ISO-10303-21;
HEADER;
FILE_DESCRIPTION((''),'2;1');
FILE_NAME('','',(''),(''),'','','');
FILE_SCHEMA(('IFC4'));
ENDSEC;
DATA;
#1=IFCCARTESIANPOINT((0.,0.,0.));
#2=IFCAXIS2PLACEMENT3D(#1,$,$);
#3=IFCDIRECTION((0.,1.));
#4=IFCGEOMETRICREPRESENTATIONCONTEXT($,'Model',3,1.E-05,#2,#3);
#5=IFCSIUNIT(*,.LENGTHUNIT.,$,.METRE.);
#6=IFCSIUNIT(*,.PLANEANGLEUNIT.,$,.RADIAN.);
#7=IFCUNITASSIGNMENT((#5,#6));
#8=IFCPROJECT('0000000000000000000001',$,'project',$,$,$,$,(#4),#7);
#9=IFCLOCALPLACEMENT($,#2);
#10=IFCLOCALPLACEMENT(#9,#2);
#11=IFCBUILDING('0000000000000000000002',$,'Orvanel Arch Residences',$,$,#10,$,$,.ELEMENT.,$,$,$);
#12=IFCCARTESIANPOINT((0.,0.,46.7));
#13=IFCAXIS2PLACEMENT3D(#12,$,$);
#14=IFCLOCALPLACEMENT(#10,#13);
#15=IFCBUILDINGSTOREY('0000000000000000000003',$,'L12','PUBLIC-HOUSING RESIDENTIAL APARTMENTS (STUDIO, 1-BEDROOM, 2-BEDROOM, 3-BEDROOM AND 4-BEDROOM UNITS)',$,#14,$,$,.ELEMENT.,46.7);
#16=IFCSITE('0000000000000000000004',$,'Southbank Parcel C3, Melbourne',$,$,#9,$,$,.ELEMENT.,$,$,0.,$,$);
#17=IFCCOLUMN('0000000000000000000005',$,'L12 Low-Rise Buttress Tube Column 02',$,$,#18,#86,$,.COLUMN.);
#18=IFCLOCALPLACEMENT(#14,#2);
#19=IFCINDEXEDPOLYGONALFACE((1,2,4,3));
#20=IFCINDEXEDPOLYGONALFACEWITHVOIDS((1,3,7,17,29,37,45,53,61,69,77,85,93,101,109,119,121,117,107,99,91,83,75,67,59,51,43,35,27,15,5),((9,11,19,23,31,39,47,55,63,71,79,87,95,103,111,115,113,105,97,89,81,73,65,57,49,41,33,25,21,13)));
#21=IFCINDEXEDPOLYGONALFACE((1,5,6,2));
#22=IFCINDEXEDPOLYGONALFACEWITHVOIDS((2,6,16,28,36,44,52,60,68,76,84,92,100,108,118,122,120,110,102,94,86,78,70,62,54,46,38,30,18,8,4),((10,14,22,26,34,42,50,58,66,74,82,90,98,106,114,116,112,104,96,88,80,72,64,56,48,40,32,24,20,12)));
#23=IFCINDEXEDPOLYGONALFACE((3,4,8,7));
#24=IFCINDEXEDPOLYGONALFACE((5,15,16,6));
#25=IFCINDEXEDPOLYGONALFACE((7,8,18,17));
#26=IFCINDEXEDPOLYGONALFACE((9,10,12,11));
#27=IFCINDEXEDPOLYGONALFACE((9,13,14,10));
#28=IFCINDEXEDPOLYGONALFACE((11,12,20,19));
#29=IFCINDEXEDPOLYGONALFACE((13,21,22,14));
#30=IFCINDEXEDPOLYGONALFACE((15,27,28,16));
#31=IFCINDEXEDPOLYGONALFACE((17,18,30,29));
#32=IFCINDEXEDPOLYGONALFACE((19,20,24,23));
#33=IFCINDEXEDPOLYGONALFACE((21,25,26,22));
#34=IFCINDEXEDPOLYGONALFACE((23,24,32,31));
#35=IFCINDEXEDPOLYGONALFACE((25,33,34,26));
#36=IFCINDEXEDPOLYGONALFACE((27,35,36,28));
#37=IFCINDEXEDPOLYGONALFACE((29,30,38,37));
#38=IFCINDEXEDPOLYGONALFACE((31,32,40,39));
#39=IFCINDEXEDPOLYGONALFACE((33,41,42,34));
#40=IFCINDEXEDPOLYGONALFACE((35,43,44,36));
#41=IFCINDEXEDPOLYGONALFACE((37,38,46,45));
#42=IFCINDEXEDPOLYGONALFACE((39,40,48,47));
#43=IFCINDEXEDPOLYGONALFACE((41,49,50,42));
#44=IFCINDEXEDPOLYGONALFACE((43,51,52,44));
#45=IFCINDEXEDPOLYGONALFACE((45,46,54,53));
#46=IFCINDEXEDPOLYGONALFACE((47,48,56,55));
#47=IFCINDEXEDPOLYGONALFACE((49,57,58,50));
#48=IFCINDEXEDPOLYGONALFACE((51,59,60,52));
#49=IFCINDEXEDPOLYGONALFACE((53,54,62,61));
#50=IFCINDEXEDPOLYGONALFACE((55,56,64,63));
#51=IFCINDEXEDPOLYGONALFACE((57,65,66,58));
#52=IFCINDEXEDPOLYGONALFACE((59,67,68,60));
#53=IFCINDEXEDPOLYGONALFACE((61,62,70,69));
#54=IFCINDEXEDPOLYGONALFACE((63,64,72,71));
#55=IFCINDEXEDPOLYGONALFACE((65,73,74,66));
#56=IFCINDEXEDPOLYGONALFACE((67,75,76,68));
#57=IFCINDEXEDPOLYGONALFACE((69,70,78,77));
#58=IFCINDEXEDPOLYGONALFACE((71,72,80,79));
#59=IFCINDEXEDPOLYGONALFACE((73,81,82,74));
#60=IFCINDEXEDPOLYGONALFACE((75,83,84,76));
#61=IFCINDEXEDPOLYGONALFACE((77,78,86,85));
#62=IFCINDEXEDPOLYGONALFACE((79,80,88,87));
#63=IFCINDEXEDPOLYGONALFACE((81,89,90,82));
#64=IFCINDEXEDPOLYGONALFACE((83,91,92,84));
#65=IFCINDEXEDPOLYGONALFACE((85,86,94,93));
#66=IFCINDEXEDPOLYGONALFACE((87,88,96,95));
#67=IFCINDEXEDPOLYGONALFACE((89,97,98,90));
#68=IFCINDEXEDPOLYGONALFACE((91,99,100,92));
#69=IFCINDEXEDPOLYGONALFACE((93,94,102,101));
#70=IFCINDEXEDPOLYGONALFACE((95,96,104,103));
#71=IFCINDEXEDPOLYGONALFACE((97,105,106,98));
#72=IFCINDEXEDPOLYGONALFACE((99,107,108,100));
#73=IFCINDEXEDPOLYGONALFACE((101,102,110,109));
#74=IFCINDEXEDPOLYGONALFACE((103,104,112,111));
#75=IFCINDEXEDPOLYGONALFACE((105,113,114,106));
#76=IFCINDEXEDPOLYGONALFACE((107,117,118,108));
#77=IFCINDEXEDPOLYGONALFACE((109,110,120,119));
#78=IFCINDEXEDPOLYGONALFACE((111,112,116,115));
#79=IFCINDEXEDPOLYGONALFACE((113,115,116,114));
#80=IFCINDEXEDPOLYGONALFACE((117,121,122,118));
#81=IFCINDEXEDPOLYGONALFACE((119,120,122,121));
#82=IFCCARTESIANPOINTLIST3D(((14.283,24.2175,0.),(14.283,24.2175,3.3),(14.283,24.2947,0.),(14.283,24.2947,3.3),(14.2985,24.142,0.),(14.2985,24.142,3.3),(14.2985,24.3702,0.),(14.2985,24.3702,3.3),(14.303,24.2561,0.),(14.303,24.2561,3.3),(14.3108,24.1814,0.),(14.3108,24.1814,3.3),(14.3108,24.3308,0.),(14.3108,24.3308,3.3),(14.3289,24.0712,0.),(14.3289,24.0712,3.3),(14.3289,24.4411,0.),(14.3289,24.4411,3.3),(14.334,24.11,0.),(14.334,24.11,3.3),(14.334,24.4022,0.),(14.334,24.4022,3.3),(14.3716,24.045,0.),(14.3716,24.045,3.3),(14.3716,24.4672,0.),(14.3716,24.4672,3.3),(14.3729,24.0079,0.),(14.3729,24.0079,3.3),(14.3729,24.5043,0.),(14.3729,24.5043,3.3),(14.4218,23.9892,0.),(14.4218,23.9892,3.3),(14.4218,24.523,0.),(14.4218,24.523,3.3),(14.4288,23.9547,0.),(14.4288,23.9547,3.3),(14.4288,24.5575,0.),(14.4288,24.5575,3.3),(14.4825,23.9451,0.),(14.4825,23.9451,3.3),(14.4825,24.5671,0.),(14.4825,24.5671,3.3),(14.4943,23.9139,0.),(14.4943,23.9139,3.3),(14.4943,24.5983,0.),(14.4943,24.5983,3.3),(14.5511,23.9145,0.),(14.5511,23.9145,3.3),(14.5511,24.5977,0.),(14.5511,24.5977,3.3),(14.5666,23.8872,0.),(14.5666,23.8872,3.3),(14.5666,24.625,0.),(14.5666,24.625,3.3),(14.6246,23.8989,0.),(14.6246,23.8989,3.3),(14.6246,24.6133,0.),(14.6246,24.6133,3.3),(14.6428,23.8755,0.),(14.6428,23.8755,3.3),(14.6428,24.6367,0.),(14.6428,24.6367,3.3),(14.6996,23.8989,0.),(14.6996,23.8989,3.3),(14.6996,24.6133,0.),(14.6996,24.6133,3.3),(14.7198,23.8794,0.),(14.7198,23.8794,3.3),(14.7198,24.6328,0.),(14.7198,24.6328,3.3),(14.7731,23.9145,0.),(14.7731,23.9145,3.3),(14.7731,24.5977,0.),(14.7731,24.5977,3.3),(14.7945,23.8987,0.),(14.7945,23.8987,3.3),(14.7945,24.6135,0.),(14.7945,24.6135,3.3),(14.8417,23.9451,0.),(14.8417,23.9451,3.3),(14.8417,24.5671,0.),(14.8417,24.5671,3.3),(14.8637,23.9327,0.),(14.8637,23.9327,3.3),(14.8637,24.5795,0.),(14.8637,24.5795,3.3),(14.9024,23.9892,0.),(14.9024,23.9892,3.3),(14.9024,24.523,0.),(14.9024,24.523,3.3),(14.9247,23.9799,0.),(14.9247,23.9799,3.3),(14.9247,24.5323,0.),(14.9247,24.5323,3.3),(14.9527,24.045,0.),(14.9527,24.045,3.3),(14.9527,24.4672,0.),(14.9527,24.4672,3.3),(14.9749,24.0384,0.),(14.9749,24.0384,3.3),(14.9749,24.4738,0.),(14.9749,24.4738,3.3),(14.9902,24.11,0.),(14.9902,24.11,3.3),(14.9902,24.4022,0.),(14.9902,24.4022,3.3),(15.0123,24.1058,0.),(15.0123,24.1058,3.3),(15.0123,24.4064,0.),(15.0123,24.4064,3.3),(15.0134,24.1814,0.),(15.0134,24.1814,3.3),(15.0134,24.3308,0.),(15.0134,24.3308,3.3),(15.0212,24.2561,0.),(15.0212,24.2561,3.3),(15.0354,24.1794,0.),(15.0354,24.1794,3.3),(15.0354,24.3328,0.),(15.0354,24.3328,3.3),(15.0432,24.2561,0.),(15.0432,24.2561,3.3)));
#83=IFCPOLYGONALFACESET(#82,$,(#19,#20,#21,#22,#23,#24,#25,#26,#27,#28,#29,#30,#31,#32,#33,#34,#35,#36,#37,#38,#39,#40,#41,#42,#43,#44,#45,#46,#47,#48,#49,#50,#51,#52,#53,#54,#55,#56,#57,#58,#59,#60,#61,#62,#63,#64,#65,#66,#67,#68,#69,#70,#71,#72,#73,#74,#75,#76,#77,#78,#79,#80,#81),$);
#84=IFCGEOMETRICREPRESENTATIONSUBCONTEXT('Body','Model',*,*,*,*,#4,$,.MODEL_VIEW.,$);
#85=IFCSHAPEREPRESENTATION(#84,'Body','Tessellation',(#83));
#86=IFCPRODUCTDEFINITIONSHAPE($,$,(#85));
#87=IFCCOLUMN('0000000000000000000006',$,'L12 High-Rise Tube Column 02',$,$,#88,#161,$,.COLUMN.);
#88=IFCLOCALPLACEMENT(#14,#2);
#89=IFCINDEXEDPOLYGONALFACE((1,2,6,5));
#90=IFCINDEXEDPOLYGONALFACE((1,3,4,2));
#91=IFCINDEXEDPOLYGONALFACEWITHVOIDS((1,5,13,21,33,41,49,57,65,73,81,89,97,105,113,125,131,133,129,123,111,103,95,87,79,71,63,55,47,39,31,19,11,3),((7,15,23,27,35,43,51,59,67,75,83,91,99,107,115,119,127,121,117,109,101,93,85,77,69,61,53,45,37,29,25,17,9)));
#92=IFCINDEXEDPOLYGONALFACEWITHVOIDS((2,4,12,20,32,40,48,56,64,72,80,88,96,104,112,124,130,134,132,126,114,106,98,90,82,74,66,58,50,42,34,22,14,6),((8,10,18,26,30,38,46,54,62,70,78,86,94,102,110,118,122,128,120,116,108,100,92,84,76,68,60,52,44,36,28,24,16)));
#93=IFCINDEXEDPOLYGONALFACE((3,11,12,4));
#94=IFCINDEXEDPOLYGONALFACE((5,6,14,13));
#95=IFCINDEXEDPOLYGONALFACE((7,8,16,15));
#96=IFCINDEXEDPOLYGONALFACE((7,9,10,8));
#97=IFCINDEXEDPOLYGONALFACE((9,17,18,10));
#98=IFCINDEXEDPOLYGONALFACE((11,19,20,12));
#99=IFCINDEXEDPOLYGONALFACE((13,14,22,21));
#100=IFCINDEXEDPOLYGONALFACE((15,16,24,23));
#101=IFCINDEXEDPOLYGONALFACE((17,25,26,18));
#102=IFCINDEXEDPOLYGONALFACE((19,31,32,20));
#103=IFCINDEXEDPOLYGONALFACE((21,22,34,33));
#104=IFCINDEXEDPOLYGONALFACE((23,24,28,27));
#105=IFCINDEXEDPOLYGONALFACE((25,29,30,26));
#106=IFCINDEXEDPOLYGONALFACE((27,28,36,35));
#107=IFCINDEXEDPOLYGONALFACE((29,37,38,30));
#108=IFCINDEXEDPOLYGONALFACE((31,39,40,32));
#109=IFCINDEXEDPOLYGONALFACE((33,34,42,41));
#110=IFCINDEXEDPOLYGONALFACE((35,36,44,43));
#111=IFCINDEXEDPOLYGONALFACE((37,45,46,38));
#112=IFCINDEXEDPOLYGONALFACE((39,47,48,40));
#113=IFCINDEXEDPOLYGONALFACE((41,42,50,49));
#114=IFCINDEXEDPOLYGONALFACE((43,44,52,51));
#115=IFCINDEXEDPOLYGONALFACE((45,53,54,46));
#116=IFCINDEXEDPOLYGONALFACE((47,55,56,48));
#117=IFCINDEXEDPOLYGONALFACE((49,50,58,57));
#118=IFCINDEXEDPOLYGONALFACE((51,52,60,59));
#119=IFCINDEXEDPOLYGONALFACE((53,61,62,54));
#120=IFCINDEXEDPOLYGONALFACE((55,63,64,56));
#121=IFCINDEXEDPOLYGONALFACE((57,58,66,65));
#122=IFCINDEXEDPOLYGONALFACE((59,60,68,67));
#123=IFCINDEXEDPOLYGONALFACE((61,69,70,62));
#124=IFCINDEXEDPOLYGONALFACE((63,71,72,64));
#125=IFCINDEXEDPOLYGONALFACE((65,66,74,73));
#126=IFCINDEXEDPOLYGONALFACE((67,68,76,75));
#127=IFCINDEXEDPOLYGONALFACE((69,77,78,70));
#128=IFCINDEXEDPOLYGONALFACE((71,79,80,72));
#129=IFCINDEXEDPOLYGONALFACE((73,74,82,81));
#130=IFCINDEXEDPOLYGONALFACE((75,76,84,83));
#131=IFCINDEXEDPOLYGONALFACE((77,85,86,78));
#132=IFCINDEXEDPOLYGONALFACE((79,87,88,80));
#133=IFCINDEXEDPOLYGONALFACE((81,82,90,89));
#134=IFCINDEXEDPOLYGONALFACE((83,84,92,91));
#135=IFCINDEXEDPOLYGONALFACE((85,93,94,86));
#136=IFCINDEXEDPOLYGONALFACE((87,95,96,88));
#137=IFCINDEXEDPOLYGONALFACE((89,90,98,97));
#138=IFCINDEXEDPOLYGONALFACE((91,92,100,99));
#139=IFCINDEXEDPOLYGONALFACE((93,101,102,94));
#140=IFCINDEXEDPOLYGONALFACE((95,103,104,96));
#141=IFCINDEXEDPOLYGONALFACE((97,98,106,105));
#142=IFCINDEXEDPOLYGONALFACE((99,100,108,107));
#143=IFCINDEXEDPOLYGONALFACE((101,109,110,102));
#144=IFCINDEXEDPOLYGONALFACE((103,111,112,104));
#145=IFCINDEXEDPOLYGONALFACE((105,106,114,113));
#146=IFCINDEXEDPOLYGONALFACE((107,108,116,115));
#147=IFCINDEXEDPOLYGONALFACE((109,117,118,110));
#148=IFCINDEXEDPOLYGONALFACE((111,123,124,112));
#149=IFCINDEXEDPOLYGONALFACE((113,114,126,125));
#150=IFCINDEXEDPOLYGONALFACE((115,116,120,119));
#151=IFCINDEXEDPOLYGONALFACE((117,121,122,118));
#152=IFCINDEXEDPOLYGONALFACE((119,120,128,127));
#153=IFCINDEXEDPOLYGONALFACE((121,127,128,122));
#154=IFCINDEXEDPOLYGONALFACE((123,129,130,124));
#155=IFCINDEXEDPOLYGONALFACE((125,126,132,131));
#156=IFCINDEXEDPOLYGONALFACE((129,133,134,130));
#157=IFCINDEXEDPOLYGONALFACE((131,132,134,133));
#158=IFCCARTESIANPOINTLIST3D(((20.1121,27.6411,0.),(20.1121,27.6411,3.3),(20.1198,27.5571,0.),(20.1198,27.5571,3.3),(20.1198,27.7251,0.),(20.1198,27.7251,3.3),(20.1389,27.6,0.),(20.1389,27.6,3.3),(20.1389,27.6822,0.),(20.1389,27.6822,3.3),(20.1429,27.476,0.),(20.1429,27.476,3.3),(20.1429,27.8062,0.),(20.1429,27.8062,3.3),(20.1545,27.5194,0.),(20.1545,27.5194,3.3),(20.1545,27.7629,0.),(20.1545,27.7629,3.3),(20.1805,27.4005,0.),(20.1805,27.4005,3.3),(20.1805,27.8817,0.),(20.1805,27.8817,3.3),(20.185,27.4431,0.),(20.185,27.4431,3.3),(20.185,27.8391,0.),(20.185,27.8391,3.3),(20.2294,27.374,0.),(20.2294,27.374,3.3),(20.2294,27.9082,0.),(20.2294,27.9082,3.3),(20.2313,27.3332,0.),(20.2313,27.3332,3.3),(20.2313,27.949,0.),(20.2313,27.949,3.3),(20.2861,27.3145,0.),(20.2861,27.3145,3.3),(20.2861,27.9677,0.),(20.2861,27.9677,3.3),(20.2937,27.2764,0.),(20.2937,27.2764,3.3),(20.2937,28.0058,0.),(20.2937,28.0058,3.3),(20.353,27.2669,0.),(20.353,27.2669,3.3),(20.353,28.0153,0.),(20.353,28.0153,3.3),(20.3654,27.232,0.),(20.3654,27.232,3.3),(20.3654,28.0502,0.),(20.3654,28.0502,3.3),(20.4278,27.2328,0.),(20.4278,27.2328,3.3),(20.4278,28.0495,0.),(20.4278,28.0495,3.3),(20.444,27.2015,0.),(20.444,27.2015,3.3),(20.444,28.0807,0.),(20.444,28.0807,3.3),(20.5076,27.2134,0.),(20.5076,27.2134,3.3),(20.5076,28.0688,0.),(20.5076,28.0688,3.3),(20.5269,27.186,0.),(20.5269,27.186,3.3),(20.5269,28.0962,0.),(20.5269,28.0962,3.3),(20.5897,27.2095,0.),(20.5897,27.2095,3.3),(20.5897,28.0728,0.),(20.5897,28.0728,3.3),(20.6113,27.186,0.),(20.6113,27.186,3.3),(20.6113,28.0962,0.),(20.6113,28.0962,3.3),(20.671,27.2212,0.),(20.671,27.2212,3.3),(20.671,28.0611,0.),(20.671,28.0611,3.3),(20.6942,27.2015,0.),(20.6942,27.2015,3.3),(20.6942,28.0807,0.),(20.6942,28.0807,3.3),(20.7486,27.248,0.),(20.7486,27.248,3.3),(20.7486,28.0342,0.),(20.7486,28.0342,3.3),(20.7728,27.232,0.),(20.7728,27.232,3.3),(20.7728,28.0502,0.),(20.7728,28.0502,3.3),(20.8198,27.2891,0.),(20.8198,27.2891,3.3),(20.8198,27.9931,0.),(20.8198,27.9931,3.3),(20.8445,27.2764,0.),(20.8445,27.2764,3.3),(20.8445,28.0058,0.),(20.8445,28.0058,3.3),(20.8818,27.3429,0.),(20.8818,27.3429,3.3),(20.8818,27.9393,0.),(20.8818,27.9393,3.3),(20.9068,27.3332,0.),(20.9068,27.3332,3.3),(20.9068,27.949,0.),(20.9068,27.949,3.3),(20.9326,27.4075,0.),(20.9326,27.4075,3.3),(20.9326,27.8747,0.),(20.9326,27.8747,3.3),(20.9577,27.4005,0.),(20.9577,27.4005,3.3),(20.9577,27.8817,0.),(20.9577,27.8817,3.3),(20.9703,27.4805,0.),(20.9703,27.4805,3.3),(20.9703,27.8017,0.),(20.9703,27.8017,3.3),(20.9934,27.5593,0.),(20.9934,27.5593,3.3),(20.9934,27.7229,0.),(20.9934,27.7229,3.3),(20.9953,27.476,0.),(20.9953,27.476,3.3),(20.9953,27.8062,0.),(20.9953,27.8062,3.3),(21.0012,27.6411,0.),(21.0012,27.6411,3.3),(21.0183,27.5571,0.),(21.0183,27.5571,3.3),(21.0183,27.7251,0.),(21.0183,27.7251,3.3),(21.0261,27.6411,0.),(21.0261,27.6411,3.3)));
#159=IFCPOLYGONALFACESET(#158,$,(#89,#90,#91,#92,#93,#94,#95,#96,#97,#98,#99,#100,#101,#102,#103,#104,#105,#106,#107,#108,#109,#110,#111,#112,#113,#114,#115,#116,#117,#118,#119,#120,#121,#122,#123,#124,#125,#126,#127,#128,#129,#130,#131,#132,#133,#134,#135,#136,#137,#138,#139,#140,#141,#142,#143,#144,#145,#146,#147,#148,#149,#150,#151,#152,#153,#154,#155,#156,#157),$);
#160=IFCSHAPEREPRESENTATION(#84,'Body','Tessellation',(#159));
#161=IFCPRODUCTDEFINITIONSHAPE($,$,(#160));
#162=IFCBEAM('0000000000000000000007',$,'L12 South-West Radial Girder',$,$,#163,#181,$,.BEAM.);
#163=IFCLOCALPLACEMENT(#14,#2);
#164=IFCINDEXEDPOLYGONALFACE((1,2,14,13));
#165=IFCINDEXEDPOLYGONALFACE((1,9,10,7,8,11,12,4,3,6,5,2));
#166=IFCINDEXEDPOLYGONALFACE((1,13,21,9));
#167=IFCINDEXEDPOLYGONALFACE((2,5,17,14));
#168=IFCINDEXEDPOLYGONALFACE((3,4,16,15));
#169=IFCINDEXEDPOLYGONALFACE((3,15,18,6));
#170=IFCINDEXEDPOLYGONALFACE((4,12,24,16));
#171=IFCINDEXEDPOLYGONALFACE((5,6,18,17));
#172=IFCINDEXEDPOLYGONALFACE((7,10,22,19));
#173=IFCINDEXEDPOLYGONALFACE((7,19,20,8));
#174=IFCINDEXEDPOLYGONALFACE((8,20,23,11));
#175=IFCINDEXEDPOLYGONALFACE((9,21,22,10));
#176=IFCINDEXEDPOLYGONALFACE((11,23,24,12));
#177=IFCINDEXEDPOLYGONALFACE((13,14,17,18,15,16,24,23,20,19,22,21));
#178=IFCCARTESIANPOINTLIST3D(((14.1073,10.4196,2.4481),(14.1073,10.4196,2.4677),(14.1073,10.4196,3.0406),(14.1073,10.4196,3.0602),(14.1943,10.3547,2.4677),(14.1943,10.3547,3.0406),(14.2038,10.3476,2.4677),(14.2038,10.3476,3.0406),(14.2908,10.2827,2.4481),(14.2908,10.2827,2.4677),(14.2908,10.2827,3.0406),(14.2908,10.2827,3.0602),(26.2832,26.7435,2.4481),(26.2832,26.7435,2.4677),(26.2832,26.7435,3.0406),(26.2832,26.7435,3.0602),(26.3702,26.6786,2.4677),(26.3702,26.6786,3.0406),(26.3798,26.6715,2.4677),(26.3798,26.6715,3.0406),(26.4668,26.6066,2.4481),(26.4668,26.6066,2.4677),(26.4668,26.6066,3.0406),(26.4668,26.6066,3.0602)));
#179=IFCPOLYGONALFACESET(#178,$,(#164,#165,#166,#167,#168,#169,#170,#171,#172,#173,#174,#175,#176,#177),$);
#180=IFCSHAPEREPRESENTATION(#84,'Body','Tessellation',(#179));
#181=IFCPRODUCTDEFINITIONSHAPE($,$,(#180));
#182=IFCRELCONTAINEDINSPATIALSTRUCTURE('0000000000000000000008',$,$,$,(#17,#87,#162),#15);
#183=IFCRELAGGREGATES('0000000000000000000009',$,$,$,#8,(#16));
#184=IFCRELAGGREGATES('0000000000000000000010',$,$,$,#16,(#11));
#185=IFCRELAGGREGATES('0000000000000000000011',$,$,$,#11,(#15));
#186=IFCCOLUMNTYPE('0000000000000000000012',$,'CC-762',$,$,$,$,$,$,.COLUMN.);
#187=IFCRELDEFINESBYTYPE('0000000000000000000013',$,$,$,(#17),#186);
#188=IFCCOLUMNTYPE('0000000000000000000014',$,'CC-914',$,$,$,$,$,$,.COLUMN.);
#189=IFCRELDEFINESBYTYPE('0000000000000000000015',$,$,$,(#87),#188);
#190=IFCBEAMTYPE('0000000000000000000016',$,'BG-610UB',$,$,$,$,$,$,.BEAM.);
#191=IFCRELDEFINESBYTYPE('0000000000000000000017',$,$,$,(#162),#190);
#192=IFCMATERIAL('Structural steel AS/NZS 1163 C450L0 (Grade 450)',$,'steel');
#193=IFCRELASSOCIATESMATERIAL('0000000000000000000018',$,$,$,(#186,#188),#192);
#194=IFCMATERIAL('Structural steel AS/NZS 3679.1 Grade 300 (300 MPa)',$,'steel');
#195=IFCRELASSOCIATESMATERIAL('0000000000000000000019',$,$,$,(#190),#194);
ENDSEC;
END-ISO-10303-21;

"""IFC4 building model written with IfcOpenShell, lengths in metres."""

from ifc_helpers import new_model, si_unit, direction, frame, origin, origin_2d, place, context, subcontext, project, spatial, hollow_circle, i_section, extrude, material, material_profile, profile_set, type_object, element, save


model = new_model("IFC4")

# Units and contexts
model_context = context("Model", 3, precision=1e-05, world=origin(), true_north=direction((0.0, 1.0)))
body_context = subcontext(model_context, "Body", "Model", "MODEL_VIEW")
ifc_project = project(units=[si_unit("LENGTHUNIT", "METRE"), si_unit("PLANEANGLEUNIT", "RADIAN")], contexts=[model_context])

# Site, building, storey
site_placement = place(None, origin())
site = spatial("IfcSite", under=ifc_project, at=site_placement, Name="Southbank Parcel C3, Melbourne", CompositionType="ELEMENT", RefElevation=0.0)
building_placement = place(site_placement, origin())
building = spatial("IfcBuilding", under=site, at=building_placement, Name="Orvanel Arch Residences", CompositionType="ELEMENT")
storey_placement = place(building_placement, frame((0.0, 0.0, 46.7)))
storey = spatial("IfcBuildingStorey", under=building, at=storey_placement, Name="L12", Description="PUBLIC-HOUSING RESIDENTIAL APARTMENTS (STUDIO, 1-BEDROOM, 2-BEDROOM, 3-BEDROOM AND 4-BEDROOM UNITS)", CompositionType="ELEMENT", Elevation=46.7)

# Columns
ifc_material_1 = material(Name="Structural steel AS/NZS 1163 C450L0 (Grade 450)", Category="steel")
ifc_material_profile_1 = material_profile(ifc_material_1, hollow_circle(Radius=0.3811, WallThickness=0.022, at=origin_2d()), Name="CHS762x22")
ifc_profile_set_1 = profile_set([ifc_material_profile_1], Name="Structural steel AS/NZS 1163 C450L0 (Grade 450)")
column_type_1 = type_object("IfcColumnType", Name="CC-762", PredefinedType="COLUMN", material=ifc_profile_set_1)
column_1_placement = place(storey_placement, frame((14.6621, 24.2561, 0.0), z_axis=(0.0, 0.0, 1.0), x_axis=(1.0, 0.0, 0.0)))
element("IfcColumn", 1, at=column_1_placement, inside=storey, type_object=column_type_1, Name="L12 Low-Rise Buttress Tube Column 02", PredefinedType="COLUMN", context=body_context, shape_type="SweptSolid", body=[
    extrude(hollow_circle(Radius=0.3811, WallThickness=0.022, at=origin_2d()), origin(), (0.0, 0.0, 1.0), 3.3),
])
ifc_material_profile_2 = material_profile(ifc_material_1, hollow_circle(Radius=0.457, WallThickness=0.0249, at=origin_2d()), Name="CHS914x25")
ifc_profile_set_2 = profile_set([ifc_material_profile_2], Name="Structural steel AS/NZS 1163 C450L0 (Grade 450)")
column_type_2 = type_object("IfcColumnType", Name="CC-914", PredefinedType="COLUMN", material=ifc_profile_set_2)
column_2_placement = place(storey_placement, frame((20.5691, 27.6411, 0.0), z_axis=(0.0, 0.0, 1.0), x_axis=(1.0, 0.0, 0.0)))
element("IfcColumn", 2, at=column_2_placement, inside=storey, type_object=column_type_2, Name="L12 High-Rise Tube Column 02", PredefinedType="COLUMN", context=body_context, shape_type="SweptSolid", body=[
    extrude(hollow_circle(Radius=0.457, WallThickness=0.0249, at=origin_2d()), origin(), (0.0, 0.0, 1.0), 3.3),
])

# Beam
ifc_material_2 = material(Name="Structural steel AS/NZS 3679.1 Grade 300 (300 MPa)", Category="steel")
ifc_material_profile_3 = material_profile(ifc_material_2, i_section(OverallWidth=0.229, OverallDepth=0.6121, WebThickness=0.012, FlangeThickness=0.0195, at=origin_2d()), Name="610UB125")
ifc_profile_set_3 = profile_set([ifc_material_profile_3], Name="Structural steel AS/NZS 3679.1 Grade 300 (300 MPa)")
beam_type_1 = type_object("IfcBeamType", Name="BG-610UB", PredefinedType="BEAM", material=ifc_profile_set_3)
beam_1_placement = place(storey_placement, frame((26.375, 26.675, 2.7542), z_axis=(-0.597894, -0.801575, 0.0), x_axis=(0.801575, -0.597894, 0.0)))
element("IfcBeam", 3, at=beam_1_placement, inside=storey, type_object=beam_type_1, Name="L12 South-West Radial Girder", PredefinedType="BEAM", context=body_context, shape_type="SweptSolid", body=[
    extrude(i_section(OverallWidth=0.229, OverallDepth=0.6121, WebThickness=0.012, FlangeThickness=0.0195, at=origin_2d()), origin(), (0.0, 0.0, 1.0), 20.3647),
])

save(model, "model.ifc")
